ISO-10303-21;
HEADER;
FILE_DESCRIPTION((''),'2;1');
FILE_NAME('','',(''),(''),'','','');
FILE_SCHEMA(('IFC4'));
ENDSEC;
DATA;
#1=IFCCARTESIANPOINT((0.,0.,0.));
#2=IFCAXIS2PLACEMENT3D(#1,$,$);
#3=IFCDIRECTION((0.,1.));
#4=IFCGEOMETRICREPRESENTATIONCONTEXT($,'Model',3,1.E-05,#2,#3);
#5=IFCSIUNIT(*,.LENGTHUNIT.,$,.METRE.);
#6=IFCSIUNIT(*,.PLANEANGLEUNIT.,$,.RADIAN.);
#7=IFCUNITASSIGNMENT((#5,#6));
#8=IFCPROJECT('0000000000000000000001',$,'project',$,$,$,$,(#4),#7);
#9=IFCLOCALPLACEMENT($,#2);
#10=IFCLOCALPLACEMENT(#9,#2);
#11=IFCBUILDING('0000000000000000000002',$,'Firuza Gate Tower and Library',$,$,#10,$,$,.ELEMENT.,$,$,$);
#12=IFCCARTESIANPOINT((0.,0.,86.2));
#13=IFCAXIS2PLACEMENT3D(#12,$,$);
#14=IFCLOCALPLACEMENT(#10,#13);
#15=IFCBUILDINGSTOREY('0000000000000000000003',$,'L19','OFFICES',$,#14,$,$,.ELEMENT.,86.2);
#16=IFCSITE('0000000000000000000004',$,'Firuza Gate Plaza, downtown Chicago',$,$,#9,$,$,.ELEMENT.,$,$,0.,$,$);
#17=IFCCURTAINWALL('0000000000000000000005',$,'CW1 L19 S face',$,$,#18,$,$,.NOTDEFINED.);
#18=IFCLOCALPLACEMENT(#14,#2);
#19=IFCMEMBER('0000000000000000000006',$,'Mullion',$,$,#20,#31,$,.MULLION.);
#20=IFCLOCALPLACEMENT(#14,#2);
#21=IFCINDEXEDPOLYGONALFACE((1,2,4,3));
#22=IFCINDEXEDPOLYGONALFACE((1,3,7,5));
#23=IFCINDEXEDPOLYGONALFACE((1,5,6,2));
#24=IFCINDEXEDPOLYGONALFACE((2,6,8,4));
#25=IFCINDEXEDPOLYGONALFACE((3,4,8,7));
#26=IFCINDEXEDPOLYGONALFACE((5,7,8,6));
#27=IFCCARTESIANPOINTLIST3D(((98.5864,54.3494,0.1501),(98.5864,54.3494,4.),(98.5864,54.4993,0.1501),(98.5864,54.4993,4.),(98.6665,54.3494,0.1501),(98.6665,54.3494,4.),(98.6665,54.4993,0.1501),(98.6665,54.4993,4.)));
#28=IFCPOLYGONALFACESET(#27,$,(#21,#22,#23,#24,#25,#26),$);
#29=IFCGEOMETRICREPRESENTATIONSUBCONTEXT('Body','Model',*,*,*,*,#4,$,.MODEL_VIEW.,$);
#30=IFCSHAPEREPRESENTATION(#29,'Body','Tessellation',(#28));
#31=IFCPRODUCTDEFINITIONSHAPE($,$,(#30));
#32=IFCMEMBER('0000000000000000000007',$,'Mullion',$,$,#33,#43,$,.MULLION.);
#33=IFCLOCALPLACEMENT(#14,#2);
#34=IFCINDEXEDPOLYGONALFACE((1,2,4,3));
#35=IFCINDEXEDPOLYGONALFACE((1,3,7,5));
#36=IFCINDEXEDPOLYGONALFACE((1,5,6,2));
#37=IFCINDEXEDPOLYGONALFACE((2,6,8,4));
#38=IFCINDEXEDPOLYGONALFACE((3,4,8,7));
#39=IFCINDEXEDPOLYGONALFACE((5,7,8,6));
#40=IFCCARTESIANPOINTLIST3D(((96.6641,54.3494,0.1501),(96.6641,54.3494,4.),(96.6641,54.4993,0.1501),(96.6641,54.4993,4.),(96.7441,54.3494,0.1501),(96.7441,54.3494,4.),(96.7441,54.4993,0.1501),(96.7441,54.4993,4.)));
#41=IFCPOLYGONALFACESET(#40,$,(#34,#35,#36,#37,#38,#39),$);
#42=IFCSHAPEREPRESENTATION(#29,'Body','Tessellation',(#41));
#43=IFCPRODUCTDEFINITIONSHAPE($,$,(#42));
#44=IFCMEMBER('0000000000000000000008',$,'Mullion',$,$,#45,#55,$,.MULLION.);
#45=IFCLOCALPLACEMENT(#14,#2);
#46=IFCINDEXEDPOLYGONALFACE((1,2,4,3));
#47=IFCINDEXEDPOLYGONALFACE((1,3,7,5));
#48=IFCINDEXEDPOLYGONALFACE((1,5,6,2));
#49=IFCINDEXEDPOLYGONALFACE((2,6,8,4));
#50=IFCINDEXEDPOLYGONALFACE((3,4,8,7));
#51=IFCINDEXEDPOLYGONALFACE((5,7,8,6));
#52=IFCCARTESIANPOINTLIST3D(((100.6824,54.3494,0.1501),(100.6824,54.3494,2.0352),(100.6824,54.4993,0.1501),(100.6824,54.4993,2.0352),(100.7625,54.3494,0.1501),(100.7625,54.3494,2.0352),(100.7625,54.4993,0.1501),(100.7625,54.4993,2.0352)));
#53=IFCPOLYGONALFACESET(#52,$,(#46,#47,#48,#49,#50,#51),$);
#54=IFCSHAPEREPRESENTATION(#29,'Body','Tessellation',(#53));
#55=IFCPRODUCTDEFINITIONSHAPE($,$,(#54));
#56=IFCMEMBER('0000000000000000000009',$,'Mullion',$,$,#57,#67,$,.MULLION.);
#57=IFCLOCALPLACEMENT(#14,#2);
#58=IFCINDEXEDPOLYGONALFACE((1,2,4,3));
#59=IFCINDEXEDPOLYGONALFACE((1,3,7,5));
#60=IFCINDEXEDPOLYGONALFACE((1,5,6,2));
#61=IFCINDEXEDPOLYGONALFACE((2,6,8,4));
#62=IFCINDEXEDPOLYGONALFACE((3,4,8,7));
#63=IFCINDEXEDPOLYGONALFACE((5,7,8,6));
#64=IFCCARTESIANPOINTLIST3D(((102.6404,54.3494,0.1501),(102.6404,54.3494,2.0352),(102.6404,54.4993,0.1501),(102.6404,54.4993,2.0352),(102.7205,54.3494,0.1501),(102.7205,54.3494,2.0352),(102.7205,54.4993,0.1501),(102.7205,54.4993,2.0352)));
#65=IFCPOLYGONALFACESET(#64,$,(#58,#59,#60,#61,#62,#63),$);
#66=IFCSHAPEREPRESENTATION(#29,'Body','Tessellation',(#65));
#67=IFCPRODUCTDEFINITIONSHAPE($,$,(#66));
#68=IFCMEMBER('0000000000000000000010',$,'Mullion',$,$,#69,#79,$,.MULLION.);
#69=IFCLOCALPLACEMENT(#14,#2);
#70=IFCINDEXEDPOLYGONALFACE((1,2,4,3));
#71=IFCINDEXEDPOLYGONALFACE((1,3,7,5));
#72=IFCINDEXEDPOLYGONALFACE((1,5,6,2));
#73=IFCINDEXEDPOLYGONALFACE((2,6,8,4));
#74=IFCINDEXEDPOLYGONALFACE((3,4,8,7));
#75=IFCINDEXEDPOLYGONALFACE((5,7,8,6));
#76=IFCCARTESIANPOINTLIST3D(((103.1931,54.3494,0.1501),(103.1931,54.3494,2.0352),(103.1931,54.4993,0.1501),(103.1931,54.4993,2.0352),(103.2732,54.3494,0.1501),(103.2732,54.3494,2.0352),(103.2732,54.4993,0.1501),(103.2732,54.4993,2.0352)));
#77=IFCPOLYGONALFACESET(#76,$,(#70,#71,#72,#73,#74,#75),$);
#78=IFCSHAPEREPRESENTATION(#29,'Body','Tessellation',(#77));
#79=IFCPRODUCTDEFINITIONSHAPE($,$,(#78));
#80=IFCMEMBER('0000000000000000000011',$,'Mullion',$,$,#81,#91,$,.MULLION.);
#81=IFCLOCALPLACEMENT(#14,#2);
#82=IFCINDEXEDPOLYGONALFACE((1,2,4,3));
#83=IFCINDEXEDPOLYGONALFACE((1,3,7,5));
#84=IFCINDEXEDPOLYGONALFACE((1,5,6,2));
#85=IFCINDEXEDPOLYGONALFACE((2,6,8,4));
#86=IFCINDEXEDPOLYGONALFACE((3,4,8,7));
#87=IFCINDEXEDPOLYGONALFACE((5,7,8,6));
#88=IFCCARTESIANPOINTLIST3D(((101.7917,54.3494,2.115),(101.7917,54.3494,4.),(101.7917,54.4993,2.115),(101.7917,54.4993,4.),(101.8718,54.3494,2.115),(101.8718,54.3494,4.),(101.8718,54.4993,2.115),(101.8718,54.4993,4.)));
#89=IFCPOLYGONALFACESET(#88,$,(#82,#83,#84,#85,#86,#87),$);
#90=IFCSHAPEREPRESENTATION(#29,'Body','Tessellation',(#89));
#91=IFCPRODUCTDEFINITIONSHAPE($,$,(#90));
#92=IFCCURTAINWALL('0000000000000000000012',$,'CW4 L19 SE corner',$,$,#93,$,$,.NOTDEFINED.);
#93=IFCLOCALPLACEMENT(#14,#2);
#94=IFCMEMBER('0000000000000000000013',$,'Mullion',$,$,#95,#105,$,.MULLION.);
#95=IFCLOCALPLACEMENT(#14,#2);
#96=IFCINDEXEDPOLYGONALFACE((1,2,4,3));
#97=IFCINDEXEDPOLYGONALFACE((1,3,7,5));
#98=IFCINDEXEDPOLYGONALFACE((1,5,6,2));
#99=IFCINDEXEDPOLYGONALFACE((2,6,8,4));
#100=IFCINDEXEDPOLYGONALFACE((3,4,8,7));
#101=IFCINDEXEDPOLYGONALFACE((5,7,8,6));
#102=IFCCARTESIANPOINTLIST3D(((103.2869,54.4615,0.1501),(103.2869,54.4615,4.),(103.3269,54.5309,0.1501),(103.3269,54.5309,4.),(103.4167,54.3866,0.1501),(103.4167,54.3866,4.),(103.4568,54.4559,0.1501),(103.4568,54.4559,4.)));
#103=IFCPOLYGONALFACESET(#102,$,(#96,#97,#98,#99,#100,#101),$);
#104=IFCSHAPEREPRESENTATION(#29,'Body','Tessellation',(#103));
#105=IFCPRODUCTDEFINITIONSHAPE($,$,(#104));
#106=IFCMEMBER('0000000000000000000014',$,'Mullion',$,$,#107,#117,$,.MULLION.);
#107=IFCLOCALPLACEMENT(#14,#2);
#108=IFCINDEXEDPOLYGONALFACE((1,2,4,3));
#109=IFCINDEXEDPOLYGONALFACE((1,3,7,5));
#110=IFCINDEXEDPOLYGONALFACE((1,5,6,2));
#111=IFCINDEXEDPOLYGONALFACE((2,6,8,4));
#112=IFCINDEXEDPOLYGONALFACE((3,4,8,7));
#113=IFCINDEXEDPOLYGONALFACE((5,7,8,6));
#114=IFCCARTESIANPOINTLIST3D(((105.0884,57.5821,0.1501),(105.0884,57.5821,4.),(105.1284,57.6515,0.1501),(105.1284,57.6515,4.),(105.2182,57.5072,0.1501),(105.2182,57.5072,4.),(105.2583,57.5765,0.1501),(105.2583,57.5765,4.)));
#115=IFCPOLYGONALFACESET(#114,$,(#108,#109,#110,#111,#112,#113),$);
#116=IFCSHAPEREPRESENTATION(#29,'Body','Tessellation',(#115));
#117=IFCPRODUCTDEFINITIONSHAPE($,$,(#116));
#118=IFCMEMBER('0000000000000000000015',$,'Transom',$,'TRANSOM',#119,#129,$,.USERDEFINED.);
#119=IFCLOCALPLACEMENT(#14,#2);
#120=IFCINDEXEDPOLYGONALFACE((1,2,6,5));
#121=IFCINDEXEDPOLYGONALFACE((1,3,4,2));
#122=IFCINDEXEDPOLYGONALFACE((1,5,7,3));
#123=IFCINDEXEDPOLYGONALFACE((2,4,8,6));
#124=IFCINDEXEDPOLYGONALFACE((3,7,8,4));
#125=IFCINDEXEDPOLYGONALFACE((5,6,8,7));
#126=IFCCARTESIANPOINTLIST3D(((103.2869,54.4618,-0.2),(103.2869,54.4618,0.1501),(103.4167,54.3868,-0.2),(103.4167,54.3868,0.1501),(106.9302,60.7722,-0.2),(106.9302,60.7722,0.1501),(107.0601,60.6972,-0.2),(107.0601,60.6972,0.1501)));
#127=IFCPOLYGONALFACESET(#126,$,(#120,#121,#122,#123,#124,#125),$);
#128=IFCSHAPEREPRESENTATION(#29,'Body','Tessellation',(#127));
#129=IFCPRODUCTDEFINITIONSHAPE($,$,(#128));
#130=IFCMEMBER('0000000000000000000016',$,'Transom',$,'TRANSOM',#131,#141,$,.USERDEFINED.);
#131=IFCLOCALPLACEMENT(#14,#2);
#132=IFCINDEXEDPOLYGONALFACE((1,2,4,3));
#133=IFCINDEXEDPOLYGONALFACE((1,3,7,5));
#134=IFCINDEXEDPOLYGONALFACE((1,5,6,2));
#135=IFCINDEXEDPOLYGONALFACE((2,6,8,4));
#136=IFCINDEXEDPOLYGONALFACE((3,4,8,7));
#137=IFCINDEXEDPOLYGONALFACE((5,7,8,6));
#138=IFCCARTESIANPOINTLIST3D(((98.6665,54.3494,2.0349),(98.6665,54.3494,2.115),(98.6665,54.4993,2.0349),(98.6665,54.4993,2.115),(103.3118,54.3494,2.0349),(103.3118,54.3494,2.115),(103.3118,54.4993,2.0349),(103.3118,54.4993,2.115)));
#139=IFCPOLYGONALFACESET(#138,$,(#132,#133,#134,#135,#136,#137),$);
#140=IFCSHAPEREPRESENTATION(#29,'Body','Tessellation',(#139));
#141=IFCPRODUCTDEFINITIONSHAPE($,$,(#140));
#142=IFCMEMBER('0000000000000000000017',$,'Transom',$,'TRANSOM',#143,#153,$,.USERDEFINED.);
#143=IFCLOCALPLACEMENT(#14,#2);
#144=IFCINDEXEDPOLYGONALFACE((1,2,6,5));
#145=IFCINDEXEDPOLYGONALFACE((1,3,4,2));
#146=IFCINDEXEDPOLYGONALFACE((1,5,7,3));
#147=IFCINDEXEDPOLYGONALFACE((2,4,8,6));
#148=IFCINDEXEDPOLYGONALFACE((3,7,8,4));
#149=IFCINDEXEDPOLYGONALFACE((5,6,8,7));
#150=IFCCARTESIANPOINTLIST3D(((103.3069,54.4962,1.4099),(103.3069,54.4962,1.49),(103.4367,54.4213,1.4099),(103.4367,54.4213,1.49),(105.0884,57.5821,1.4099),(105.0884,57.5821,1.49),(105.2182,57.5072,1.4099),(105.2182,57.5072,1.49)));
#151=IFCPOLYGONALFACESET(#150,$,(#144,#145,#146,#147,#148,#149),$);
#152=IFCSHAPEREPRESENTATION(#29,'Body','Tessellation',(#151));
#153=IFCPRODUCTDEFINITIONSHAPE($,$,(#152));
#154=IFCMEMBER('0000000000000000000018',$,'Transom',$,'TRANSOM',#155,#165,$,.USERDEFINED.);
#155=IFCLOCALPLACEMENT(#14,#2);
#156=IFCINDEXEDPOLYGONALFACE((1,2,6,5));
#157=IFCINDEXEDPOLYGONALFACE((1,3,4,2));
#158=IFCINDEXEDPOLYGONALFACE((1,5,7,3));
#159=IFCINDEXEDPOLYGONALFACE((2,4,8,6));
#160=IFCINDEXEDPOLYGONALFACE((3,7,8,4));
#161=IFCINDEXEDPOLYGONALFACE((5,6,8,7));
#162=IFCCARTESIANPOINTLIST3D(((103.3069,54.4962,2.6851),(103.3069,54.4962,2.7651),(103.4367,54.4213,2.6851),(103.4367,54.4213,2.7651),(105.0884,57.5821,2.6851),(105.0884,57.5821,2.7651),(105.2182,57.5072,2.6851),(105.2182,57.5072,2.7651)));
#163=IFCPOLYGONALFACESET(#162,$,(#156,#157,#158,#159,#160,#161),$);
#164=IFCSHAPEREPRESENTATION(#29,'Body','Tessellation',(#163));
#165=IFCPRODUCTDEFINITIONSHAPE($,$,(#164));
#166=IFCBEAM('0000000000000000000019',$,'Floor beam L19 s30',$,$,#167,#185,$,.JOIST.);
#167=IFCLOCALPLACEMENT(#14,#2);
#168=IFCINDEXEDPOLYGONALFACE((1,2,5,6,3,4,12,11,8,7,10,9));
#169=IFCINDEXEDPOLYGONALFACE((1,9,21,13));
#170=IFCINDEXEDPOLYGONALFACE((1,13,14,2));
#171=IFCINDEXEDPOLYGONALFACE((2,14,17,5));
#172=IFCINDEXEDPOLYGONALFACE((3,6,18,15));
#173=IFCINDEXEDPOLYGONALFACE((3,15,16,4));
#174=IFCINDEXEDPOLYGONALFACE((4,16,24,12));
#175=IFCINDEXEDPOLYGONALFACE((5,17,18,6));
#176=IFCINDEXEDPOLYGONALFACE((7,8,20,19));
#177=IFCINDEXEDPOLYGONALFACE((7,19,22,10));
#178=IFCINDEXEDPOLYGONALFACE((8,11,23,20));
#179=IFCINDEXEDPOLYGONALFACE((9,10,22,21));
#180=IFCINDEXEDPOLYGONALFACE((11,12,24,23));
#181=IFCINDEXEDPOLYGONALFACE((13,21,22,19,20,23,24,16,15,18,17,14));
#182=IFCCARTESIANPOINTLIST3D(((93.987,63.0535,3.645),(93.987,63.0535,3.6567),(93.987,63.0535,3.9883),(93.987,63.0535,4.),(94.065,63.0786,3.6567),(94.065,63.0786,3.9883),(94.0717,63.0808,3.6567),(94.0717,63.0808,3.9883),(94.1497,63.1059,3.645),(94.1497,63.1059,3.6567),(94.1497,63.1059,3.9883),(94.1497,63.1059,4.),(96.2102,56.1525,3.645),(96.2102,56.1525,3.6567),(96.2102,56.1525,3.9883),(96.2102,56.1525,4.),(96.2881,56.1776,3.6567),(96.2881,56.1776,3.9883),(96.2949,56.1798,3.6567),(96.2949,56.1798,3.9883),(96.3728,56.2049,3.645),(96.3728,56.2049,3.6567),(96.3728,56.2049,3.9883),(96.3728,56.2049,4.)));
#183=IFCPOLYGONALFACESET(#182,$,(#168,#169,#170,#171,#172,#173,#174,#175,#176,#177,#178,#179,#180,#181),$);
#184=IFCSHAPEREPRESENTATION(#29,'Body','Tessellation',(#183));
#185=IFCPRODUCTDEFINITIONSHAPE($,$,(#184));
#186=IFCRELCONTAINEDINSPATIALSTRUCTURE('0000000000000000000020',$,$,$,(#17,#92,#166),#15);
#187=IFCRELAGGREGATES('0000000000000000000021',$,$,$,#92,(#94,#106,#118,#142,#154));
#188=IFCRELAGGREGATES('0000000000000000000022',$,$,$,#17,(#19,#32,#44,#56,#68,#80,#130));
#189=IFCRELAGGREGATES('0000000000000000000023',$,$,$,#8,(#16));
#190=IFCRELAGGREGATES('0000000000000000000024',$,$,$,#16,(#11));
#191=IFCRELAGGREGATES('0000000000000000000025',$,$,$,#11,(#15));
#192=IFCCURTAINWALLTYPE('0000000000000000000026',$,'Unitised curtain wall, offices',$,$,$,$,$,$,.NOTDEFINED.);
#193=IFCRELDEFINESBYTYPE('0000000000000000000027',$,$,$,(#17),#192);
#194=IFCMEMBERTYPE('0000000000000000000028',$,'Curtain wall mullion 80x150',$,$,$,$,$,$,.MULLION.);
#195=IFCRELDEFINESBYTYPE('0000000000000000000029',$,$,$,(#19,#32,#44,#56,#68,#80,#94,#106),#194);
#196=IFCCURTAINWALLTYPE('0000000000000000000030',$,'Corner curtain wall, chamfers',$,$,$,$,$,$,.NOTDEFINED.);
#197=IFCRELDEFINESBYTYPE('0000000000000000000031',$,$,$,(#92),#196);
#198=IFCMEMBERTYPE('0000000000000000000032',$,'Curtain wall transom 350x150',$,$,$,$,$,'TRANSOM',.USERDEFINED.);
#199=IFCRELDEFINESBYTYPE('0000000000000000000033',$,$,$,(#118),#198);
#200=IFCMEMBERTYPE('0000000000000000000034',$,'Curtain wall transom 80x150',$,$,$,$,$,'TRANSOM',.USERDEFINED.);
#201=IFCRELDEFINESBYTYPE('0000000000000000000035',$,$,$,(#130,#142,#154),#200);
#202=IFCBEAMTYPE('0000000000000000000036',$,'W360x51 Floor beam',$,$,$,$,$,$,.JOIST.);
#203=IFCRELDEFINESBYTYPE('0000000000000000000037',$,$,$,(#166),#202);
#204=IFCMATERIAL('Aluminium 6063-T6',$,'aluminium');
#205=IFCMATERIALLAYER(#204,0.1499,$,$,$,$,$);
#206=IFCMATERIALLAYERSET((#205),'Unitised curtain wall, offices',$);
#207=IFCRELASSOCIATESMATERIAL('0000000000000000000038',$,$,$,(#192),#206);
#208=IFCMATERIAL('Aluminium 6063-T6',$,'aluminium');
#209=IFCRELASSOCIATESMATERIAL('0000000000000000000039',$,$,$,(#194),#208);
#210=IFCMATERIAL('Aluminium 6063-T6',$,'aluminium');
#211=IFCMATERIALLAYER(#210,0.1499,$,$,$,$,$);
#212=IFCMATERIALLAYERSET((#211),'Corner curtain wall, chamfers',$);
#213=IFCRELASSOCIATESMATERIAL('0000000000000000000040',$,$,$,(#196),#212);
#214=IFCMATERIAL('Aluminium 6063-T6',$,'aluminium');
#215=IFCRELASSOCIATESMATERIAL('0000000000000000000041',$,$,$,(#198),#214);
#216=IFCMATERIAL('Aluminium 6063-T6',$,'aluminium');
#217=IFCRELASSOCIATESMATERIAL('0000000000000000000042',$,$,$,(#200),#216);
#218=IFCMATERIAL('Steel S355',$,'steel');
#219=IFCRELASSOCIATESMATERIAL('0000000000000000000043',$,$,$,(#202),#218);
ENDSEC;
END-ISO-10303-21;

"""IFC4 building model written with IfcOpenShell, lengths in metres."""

from ifc_helpers import new_model, si_unit, direction, frame, origin, origin_2d, place, context, subcontext, project, spatial, rectangle, i_section, extrude, material, layer, layer_set, material_profile, profile_set, type_object, element, aggregate, save


model = new_model("IFC4")

# Units and contexts
model_context = context("Model", 3, precision=1e-05, world=origin(), true_north=direction((0.0, 1.0)))
body_context = subcontext(model_context, "Body", "Model", "MODEL_VIEW")
ifc_project = project(units=[si_unit("LENGTHUNIT", "METRE"), si_unit("PLANEANGLEUNIT", "RADIAN")], contexts=[model_context])

# Site, building, storey
site_placement = place(None, origin())
site = spatial("IfcSite", under=ifc_project, at=site_placement, Name="Firuza Gate Plaza, downtown Chicago", CompositionType="ELEMENT", RefElevation=0.0)
building_placement = place(site_placement, origin())
building = spatial("IfcBuilding", under=site, at=building_placement, Name="Firuza Gate Tower and Library", CompositionType="ELEMENT")
storey_placement = place(building_placement, frame((0.0, 0.0, 86.2)))
storey = spatial("IfcBuildingStorey", under=building, at=storey_placement, Name="L19", Description="OFFICES", CompositionType="ELEMENT", Elevation=86.2)

# Curtain walls, members
ifc_material_1 = material(Name="Aluminium 6063-T6", Category="aluminium")
ifc_layer_1 = layer(ifc_material_1, 0.1499)
ifc_layer_set_1 = layer_set([ifc_layer_1], Name="Unitised curtain wall, offices")
curtain_wall_type_1 = type_object("IfcCurtainWallType", Name="Unitised curtain wall, offices", PredefinedType="NOTDEFINED", material=ifc_layer_set_1)
placement = place(storey_placement, origin())
curtain_wall_1 = element("IfcCurtainWall", 1, at=placement, inside=storey, type_object=curtain_wall_type_1, Name="CW1 L19 S face", PredefinedType="NOTDEFINED")
ifc_material_2 = material(Name="Aluminium 6063-T6", Category="aluminium")
ifc_material_profile_1 = material_profile(ifc_material_2, rectangle(XDim=0.1499, YDim=0.0801, at=origin_2d()))
ifc_profile_set_1 = profile_set([ifc_material_profile_1], Name="Aluminium 6063-T6")
member_type_1 = type_object("IfcMemberType", Name="Curtain wall mullion 80x150", PredefinedType="MULLION", material=ifc_profile_set_1)
member_1_placement = place(storey_placement, frame((98.6265, 54.4243, 0.1501), z_axis=(0.0, 0.0, 1.0), x_axis=(0.0, 1.0, 0.0)))
member_1 = element("IfcMember", 2, at=member_1_placement, type_object=member_type_1, Name="Mullion", PredefinedType="MULLION", context=body_context, shape_type="SweptSolid", body=[
    extrude(rectangle(XDim=0.1499, YDim=0.0801, at=origin_2d()), origin(), (0.0, 0.0, 1.0), 3.8499),
])
member_2_placement = place(storey_placement, frame((96.7041, 54.4243, 0.1501), z_axis=(0.0, 0.0, 1.0), x_axis=(0.0, 1.0, 0.0)))
member_2 = element("IfcMember", 3, at=member_2_placement, type_object=member_type_1, Name="Mullion", PredefinedType="MULLION", context=body_context, shape_type="SweptSolid", body=[
    extrude(rectangle(XDim=0.1499, YDim=0.0801, at=origin_2d()), origin(), (0.0, 0.0, 1.0), 3.8499),
])
member_3_placement = place(storey_placement, frame((100.7224, 54.4243, 0.1501), z_axis=(0.0, 0.0, 1.0), x_axis=(0.0, 1.0, 0.0)))
member_3 = element("IfcMember", 4, at=member_3_placement, type_object=member_type_1, Name="Mullion", PredefinedType="MULLION", context=body_context, shape_type="SweptSolid", body=[
    extrude(rectangle(XDim=0.1499, YDim=0.0801, at=origin_2d()), origin(), (0.0, 0.0, 1.0), 1.885),
])
member_4_placement = place(storey_placement, frame((102.6804, 54.4243, 0.1501), z_axis=(0.0, 0.0, 1.0), x_axis=(0.0, 1.0, 0.0)))
member_4 = element("IfcMember", 5, at=member_4_placement, type_object=member_type_1, Name="Mullion", PredefinedType="MULLION", context=body_context, shape_type="SweptSolid", body=[
    extrude(rectangle(XDim=0.1499, YDim=0.0801, at=origin_2d()), origin(), (0.0, 0.0, 1.0), 1.885),
])
member_5_placement = place(storey_placement, frame((103.2332, 54.4243, 0.1501), z_axis=(0.0, 0.0, 1.0), x_axis=(0.0, 1.0, 0.0)))
member_5 = element("IfcMember", 6, at=member_5_placement, type_object=member_type_1, Name="Mullion", PredefinedType="MULLION", context=body_context, shape_type="SweptSolid", body=[
    extrude(rectangle(XDim=0.1499, YDim=0.0801, at=origin_2d()), origin(), (0.0, 0.0, 1.0), 1.885),
])
member_6_placement = place(storey_placement, frame((101.8318, 54.4243, 2.115), z_axis=(0.0, 0.0, 1.0), x_axis=(0.0, 1.0, 0.0)))
member_6 = element("IfcMember", 7, at=member_6_placement, type_object=member_type_1, Name="Mullion", PredefinedType="MULLION", context=body_context, shape_type="SweptSolid", body=[
    extrude(rectangle(XDim=0.1499, YDim=0.0801, at=origin_2d()), origin(), (0.0, 0.0, 1.0), 1.885),
])
ifc_material_3 = material(Name="Aluminium 6063-T6", Category="aluminium")
ifc_layer_2 = layer(ifc_material_3, 0.1499)
ifc_layer_set_2 = layer_set([ifc_layer_2], Name="Corner curtain wall, chamfers")
curtain_wall_type_2 = type_object("IfcCurtainWallType", Name="Corner curtain wall, chamfers", PredefinedType="NOTDEFINED", material=ifc_layer_set_2)
curtain_wall_2 = element("IfcCurtainWall", 8, at=placement, inside=storey, type_object=curtain_wall_type_2, Name="CW4 L19 SE corner", PredefinedType="NOTDEFINED")
member_7_placement = place(storey_placement, frame((103.3718, 54.4587, 0.1501), z_axis=(0.0, 0.0, 1.0), x_axis=(-0.866025, 0.5, 0.0)))
member_7 = element("IfcMember", 9, at=member_7_placement, type_object=member_type_1, Name="Mullion", PredefinedType="MULLION", context=body_context, shape_type="SweptSolid", body=[
    extrude(rectangle(XDim=0.1499, YDim=0.0801, at=origin_2d()), origin(), (0.0, 0.0, 1.0), 3.8499),
])
member_8_placement = place(storey_placement, frame((105.1733, 57.5793, 0.1501), z_axis=(0.0, 0.0, 1.0), x_axis=(-0.866025, 0.5, 0.0)))
member_8 = element("IfcMember", 10, at=member_8_placement, type_object=member_type_1, Name="Mullion", PredefinedType="MULLION", context=body_context, shape_type="SweptSolid", body=[
    extrude(rectangle(XDim=0.1499, YDim=0.0801, at=origin_2d()), origin(), (0.0, 0.0, 1.0), 3.8499),
])
ifc_material_4 = material(Name="Aluminium 6063-T6", Category="aluminium")
ifc_material_profile_2 = material_profile(ifc_material_4, rectangle(XDim=0.1499, YDim=0.3501, at=origin_2d()))
ifc_profile_set_2 = profile_set([ifc_material_profile_2], Name="Aluminium 6063-T6")
member_type_2 = type_object("IfcMemberType", Name="Curtain wall transom 350x150", ElementType="TRANSOM", PredefinedType="USERDEFINED", material=ifc_profile_set_2)
member_9_placement = place(storey_placement, frame((103.3518, 54.4243, -0.0249), z_axis=(0.500006, 0.866022, 0.0), x_axis=(-0.866022, 0.500006, 0.0)))
member_9 = element("IfcMember", 11, at=member_9_placement, type_object=member_type_2, Name="Transom", ObjectType="TRANSOM", PredefinedType="USERDEFINED", context=body_context, shape_type="SweptSolid", body=[
    extrude(rectangle(XDim=0.1499, YDim=0.3501, at=origin_2d()), origin(), (0.0, 0.0, 1.0), 7.2866),
])

# Members
ifc_material_5 = material(Name="Aluminium 6063-T6", Category="aluminium")
ifc_material_profile_3 = material_profile(ifc_material_5, rectangle(XDim=0.1499, YDim=0.0801, at=origin_2d()))
ifc_profile_set_3 = profile_set([ifc_material_profile_3], Name="Aluminium 6063-T6")
member_type_3 = type_object("IfcMemberType", Name="Curtain wall transom 80x150", ElementType="TRANSOM", PredefinedType="USERDEFINED", material=ifc_profile_set_3)
member_10_placement = place(storey_placement, frame((98.6665, 54.4243, 2.075), z_axis=(1.0, 0.0, 0.0), x_axis=(0.0, 1.0, 0.0)))
member_10 = element("IfcMember", 12, at=member_10_placement, type_object=member_type_3, Name="Transom", ObjectType="TRANSOM", PredefinedType="USERDEFINED", context=body_context, shape_type="SweptSolid", body=[
    extrude(rectangle(XDim=0.1499, YDim=0.0801, at=origin_2d()), origin(), (0.0, 0.0, 1.0), 4.6453),
])
member_11_placement = place(storey_placement, frame((103.3718, 54.4587, 1.45), z_axis=(0.499964, 0.866046, 0.0), x_axis=(-0.866046, 0.499964, 0.0)))
member_11 = element("IfcMember", 13, at=member_11_placement, type_object=member_type_3, Name="Transom", ObjectType="TRANSOM", PredefinedType="USERDEFINED", context=body_context, shape_type="SweptSolid", body=[
    extrude(rectangle(XDim=0.1499, YDim=0.0801, at=origin_2d()), origin(), (0.0, 0.0, 1.0), 3.5632),
])
member_12_placement = place(storey_placement, frame((103.3718, 54.4587, 2.7251), z_axis=(0.499964, 0.866046, 0.0), x_axis=(-0.866046, 0.499964, 0.0)))
member_12 = element("IfcMember", 14, at=member_12_placement, type_object=member_type_3, Name="Transom", ObjectType="TRANSOM", PredefinedType="USERDEFINED", context=body_context, shape_type="SweptSolid", body=[
    extrude(rectangle(XDim=0.1499, YDim=0.0801, at=origin_2d()), origin(), (0.0, 0.0, 1.0), 3.5632),
])

# Beam
ifc_material_6 = material(Name="Steel S355", Category="steel")
ifc_material_profile_4 = material_profile(ifc_material_6, i_section(OverallWidth=0.1709, OverallDepth=0.355, WebThickness=0.0071, FlangeThickness=0.0117, at=origin_2d()))
ifc_profile_set_4 = profile_set([ifc_material_profile_4], Name="Steel S355")
beam_type = type_object("IfcBeamType", Name="W360x51 Floor beam", PredefinedType="JOIST", material=ifc_profile_set_4)
beam_placement = place(storey_placement, frame((96.2915, 56.1787, 3.8225), z_axis=(-0.306635, 0.951827, 0.0), x_axis=(-0.951827, -0.306635, 0.0)))
element("IfcBeam", 15, at=beam_placement, inside=storey, type_object=beam_type, Name="Floor beam L19 s30", PredefinedType="JOIST", context=body_context, shape_type="SweptSolid", body=[
    extrude(i_section(OverallWidth=0.1709, OverallDepth=0.355, WebThickness=0.0071, FlangeThickness=0.0117, at=origin_2d()), origin(), (0.0, 0.0, 1.0), 7.2502),
])

aggregate(curtain_wall_2, [member_7, member_8, member_9, member_11, member_12])
aggregate(curtain_wall_1, [member_1, member_2, member_3, member_4, member_5, member_6, member_10])

save(model, "model.ifc")
